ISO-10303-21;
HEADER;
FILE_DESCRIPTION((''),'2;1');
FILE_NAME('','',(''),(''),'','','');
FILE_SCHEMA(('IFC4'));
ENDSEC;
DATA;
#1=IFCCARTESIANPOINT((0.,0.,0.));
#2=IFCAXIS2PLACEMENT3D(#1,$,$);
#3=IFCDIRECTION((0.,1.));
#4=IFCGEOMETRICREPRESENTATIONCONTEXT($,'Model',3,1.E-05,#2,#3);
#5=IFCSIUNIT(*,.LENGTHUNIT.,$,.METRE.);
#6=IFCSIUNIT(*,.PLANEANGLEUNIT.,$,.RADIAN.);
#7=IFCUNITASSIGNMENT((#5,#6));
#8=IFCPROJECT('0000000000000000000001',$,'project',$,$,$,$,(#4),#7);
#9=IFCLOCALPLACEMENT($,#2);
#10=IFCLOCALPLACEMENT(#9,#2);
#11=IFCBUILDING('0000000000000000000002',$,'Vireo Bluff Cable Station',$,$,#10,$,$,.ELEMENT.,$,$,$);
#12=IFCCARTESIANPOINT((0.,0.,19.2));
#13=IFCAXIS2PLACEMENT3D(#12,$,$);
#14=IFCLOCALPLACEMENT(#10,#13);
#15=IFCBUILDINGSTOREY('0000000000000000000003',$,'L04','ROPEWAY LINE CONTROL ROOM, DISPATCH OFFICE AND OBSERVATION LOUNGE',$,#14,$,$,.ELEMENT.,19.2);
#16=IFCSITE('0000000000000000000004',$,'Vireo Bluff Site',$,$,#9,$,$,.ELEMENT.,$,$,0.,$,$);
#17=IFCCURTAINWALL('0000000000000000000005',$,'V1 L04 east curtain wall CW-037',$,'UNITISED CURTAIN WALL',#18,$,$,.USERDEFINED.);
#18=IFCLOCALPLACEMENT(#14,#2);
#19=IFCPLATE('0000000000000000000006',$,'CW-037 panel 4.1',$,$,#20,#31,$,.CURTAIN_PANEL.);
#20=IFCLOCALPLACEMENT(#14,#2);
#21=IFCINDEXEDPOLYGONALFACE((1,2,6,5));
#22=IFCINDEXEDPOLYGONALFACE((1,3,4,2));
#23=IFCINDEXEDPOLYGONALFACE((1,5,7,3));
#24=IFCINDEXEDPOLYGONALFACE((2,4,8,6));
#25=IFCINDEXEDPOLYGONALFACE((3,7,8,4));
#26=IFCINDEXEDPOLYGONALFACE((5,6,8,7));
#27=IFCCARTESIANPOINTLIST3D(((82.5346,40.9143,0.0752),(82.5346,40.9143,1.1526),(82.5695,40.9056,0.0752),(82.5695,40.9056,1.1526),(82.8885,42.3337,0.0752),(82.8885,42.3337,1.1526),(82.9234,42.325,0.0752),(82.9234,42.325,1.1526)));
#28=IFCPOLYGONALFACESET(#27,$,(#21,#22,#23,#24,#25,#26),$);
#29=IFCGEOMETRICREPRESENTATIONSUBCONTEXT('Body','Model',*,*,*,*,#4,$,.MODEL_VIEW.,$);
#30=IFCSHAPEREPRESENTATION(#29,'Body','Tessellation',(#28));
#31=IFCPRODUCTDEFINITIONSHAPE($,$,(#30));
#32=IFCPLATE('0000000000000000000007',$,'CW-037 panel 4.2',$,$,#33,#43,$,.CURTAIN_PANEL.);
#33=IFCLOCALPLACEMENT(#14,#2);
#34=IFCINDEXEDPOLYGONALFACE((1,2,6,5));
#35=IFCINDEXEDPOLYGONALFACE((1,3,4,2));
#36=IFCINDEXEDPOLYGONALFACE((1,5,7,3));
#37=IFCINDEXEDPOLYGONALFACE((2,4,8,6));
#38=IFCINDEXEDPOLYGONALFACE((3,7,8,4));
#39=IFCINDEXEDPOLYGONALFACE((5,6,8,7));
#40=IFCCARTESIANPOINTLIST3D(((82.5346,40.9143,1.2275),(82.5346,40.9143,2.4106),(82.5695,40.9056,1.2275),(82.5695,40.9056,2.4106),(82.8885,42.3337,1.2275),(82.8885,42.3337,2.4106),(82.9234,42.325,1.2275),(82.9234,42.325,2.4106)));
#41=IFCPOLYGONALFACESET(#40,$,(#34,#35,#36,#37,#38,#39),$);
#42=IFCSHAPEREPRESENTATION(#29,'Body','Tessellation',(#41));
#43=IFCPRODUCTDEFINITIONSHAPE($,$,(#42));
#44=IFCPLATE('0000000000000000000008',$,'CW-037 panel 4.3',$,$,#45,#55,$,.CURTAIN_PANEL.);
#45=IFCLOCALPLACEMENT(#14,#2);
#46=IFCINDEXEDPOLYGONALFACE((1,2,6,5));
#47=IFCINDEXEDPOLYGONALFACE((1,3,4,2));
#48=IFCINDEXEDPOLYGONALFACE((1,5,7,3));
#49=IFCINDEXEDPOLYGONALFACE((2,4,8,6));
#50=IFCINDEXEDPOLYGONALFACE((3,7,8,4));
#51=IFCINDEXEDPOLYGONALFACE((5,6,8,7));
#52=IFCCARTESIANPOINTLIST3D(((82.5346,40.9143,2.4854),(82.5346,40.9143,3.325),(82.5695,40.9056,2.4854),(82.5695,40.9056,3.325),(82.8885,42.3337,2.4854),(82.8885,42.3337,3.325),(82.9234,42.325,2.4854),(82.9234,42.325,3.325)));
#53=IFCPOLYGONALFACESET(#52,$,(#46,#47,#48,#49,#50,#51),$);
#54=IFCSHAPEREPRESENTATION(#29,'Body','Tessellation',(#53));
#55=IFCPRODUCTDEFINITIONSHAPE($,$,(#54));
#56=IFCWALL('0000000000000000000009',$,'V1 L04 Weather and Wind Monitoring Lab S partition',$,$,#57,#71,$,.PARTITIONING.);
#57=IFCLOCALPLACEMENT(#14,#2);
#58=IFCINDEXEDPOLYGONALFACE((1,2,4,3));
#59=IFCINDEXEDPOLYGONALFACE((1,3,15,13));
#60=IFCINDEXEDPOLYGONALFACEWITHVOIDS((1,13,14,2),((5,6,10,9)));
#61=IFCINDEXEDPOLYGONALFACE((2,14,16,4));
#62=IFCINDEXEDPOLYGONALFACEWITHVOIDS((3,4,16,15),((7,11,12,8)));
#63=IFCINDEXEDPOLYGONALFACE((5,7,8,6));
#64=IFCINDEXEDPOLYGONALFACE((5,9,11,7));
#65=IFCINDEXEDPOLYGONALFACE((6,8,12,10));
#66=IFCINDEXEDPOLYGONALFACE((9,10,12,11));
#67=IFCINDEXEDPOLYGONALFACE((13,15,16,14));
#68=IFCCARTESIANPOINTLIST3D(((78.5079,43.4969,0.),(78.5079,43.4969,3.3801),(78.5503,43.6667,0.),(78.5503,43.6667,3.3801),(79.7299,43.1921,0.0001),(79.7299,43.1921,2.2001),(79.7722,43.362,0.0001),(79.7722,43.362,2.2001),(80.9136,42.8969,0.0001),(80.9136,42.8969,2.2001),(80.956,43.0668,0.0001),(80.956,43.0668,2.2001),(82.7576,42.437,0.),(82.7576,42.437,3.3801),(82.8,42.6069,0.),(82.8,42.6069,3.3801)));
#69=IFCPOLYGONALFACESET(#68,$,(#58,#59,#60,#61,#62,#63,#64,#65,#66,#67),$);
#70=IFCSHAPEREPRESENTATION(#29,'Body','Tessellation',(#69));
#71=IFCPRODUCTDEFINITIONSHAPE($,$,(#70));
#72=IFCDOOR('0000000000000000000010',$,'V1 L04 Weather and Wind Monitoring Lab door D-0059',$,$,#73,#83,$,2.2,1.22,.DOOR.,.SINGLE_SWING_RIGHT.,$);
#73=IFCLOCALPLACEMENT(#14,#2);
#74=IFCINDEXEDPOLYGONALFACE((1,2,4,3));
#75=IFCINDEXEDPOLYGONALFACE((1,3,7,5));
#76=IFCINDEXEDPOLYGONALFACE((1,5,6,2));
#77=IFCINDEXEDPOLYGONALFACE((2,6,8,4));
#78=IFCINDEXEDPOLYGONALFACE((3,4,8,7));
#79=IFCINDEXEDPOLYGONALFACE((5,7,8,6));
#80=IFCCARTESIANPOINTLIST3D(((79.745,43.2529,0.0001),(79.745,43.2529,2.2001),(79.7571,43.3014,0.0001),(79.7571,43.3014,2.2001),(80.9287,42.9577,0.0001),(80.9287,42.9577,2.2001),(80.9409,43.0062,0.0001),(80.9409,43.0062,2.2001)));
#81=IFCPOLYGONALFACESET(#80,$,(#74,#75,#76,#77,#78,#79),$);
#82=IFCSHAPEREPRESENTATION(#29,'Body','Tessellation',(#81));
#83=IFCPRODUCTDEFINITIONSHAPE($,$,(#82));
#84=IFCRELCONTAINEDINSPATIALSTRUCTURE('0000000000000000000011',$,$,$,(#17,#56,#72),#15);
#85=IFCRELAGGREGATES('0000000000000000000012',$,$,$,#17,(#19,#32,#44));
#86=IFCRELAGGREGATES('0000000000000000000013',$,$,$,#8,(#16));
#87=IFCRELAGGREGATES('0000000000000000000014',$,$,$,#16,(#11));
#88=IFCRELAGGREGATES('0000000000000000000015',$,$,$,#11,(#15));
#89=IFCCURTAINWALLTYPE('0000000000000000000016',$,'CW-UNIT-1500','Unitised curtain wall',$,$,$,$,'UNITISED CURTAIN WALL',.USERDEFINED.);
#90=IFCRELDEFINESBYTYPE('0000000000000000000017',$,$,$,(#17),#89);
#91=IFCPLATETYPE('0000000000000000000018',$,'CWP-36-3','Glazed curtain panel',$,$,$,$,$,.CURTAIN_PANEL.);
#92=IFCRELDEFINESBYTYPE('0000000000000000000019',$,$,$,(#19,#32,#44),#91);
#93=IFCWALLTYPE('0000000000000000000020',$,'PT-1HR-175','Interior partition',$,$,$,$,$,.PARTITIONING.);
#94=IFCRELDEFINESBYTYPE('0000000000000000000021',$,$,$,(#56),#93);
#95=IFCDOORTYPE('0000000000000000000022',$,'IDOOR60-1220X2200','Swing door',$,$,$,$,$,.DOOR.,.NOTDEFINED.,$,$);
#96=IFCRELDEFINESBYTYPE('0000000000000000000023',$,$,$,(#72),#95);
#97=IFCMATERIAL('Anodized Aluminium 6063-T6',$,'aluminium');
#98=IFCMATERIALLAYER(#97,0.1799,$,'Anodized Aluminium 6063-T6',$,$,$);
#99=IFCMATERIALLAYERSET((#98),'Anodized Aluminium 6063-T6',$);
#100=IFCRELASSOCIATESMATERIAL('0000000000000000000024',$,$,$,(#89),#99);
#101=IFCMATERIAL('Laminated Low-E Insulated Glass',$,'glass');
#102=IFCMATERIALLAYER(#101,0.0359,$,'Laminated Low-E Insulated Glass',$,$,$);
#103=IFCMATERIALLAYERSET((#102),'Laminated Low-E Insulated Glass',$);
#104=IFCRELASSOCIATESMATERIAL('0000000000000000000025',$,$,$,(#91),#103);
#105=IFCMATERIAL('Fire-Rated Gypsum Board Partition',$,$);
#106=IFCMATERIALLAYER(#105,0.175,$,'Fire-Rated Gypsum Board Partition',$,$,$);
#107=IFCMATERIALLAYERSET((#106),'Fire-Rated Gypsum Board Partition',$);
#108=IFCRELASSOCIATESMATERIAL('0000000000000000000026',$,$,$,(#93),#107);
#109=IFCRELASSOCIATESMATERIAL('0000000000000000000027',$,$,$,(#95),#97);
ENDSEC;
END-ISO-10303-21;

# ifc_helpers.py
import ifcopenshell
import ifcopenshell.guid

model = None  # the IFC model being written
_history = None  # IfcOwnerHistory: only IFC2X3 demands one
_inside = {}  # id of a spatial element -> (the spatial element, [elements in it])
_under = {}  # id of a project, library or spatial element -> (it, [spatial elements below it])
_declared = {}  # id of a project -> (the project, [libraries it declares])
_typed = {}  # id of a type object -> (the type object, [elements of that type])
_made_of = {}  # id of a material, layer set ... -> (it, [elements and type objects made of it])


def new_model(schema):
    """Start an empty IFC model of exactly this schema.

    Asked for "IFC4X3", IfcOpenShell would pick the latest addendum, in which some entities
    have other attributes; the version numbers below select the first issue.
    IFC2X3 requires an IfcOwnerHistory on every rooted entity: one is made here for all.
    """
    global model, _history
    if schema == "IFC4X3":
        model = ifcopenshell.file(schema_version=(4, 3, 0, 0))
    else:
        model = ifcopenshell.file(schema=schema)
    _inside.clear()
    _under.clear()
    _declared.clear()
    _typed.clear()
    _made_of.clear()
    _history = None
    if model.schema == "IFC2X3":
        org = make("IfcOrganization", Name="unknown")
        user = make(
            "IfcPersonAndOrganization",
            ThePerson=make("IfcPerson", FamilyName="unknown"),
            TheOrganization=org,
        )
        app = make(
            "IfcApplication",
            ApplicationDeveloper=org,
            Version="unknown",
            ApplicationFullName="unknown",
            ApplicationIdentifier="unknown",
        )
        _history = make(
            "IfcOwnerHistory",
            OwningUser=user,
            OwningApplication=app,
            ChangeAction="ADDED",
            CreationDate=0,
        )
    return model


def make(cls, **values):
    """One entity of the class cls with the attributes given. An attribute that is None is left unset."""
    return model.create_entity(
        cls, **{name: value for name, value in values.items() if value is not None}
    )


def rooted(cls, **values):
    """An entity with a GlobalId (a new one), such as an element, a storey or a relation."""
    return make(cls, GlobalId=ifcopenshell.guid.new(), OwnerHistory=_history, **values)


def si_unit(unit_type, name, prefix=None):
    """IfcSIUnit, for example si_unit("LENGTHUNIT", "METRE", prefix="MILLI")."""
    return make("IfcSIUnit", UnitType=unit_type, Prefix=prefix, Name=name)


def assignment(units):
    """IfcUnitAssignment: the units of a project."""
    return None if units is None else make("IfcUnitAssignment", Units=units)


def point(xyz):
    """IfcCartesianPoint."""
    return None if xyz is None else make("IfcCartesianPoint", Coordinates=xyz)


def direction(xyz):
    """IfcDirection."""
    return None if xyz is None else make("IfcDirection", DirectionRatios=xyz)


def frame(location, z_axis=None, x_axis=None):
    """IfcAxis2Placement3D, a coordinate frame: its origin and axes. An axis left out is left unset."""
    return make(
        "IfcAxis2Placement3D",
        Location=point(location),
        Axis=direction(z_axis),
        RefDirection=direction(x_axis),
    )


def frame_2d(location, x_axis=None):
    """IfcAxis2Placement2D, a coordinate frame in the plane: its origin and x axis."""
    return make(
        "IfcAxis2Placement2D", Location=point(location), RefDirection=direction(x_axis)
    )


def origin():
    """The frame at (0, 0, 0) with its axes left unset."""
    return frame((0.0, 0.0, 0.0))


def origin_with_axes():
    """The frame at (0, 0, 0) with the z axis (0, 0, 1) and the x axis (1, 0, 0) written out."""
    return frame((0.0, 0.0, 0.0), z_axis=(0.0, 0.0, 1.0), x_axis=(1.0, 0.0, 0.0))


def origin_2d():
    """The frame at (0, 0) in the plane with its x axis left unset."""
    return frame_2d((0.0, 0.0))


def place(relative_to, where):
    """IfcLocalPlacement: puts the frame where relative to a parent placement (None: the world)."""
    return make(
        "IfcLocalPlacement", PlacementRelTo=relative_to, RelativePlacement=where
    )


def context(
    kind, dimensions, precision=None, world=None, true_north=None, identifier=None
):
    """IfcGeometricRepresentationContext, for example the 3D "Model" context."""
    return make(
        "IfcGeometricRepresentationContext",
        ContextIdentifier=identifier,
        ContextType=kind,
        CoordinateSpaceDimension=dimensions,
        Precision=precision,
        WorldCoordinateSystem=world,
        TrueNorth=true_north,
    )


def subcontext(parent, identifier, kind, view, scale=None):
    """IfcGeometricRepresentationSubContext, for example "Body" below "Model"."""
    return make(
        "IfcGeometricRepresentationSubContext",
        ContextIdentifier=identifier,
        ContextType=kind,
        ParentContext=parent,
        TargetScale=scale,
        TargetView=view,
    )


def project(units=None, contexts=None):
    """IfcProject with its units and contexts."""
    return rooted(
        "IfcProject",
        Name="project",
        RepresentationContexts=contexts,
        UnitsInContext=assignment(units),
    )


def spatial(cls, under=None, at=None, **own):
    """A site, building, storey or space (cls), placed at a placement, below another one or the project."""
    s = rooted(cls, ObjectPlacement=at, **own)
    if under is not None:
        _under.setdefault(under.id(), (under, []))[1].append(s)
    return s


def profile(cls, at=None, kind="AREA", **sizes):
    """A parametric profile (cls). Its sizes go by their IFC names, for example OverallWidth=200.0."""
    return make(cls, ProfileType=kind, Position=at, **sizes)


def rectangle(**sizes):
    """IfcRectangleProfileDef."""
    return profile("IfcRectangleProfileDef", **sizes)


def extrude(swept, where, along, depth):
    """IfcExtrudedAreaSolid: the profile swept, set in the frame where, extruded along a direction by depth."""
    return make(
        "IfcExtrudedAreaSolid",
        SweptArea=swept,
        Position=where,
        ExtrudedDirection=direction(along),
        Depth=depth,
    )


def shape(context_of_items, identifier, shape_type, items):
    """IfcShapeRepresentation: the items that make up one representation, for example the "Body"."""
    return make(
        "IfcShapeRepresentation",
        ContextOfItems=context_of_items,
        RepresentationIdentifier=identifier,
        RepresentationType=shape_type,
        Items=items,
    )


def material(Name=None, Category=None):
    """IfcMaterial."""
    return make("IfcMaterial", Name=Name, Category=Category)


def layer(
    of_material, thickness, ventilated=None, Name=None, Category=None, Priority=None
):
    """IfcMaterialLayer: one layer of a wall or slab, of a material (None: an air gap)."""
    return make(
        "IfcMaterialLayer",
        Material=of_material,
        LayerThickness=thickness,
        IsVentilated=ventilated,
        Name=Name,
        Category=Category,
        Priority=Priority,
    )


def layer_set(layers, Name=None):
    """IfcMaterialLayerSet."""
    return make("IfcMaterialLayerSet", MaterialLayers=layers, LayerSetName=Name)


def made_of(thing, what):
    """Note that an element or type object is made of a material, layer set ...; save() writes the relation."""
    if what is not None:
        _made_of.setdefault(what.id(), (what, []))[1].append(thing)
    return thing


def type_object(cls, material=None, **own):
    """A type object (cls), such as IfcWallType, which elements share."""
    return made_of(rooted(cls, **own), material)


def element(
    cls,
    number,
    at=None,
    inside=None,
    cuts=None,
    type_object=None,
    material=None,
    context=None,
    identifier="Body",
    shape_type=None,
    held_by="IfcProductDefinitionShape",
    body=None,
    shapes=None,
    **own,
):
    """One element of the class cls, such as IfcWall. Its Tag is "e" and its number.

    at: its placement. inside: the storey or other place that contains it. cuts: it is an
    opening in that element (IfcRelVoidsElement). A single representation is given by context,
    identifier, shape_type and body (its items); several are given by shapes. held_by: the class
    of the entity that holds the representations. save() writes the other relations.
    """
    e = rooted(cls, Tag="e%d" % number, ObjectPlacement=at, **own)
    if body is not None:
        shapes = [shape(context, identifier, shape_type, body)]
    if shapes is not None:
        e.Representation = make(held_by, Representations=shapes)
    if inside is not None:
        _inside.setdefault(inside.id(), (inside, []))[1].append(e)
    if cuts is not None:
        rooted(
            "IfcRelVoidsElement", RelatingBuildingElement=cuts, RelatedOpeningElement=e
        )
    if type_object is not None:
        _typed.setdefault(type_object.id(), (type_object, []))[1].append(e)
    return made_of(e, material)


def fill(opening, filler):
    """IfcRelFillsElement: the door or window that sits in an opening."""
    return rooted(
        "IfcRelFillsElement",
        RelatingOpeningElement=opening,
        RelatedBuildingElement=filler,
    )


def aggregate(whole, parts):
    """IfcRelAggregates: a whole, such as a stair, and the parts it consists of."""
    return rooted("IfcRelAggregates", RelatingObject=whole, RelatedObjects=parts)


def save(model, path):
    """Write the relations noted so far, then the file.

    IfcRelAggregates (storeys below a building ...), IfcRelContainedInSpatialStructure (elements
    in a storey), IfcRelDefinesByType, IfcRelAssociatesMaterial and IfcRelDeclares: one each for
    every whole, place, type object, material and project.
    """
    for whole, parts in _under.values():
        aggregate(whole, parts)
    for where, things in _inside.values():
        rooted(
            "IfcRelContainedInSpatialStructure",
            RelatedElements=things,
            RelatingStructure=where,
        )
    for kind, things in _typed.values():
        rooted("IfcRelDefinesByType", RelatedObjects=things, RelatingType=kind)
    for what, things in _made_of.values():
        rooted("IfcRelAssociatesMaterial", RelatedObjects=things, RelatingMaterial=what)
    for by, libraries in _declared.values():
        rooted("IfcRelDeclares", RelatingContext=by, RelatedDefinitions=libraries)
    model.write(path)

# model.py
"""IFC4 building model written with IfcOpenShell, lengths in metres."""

from ifc_helpers import new_model, si_unit, direction, frame, frame_2d, origin, origin_with_axes, origin_2d, place, context, subcontext, project, spatial, rectangle, extrude, material, layer, layer_set, type_object, element, fill, aggregate, save


model = new_model("IFC4")

# Units and contexts
model_context = context("Model", 3, precision=1e-05, world=origin(), true_north=direction((0.0, 1.0)))
body_context = subcontext(model_context, "Body", "Model", "MODEL_VIEW")
ifc_project = project(units=[si_unit("LENGTHUNIT", "METRE"), si_unit("PLANEANGLEUNIT", "RADIAN")], contexts=[model_context])

# Site, building, storey
site_placement = place(None, origin())
site = spatial("IfcSite", under=ifc_project, at=site_placement, Name="Vireo Bluff Site", CompositionType="ELEMENT", RefElevation=0.0)
building_placement = place(site_placement, origin())
building = spatial("IfcBuilding", under=site, at=building_placement, Name="Vireo Bluff Cable Station", CompositionType="ELEMENT")
storey_placement = place(building_placement, frame((0.0, 0.0, 19.2)))
storey = spatial("IfcBuildingStorey", under=building, at=storey_placement, Name="L04", Description="ROPEWAY LINE CONTROL ROOM, DISPATCH OFFICE AND OBSERVATION LOUNGE", CompositionType="ELEMENT", Elevation=19.2)

# Curtain wall, plates
ifc_material_1 = material(Name="Anodized Aluminium 6063-T6", Category="aluminium")
ifc_layer_1 = layer(ifc_material_1, 0.1799, Name="Anodized Aluminium 6063-T6")
ifc_layer_set_1 = layer_set([ifc_layer_1], Name="Anodized Aluminium 6063-T6")
curtain_wall_type = type_object("IfcCurtainWallType", Name="CW-UNIT-1500", Description="Unitised curtain wall", ElementType="UNITISED CURTAIN WALL", PredefinedType="USERDEFINED", material=ifc_layer_set_1)
curtain_wall_placement = place(storey_placement, origin())
curtain_wall = element("IfcCurtainWall", 1, at=curtain_wall_placement, inside=storey, type_object=curtain_wall_type, Name="V1 L04 east curtain wall CW-037", ObjectType="UNITISED CURTAIN WALL", PredefinedType="USERDEFINED")
ifc_material_2 = material(Name="Laminated Low-E Insulated Glass", Category="glass")
ifc_layer_2 = layer(ifc_material_2, 0.0359, Name="Laminated Low-E Insulated Glass")
ifc_layer_set_2 = layer_set([ifc_layer_2], Name="Laminated Low-E Insulated Glass")
plate_type = type_object("IfcPlateType", Name="CWP-36-3", Description="Glazed curtain panel", PredefinedType="CURTAIN_PANEL", material=ifc_layer_set_2)
plate_1_placement = place(storey_placement, frame((82.729, 41.6196, 0.0752), z_axis=(0.0, 0.0, 1.0), x_axis=(-0.241922, -0.970296, 0.0)))
plate_1 = element("IfcPlate", 2, at=plate_1_placement, type_object=plate_type, Name="CW-037 panel 4.1", PredefinedType="CURTAIN_PANEL", context=body_context, shape_type="SweptSolid", body=[
    extrude(rectangle(XDim=1.4629, YDim=0.0359, at=origin_2d()), origin(), (0.0, 0.0, 1.0), 1.0774),
])
plate_2_placement = place(storey_placement, frame((82.729, 41.6196, 1.2275), z_axis=(0.0, 0.0, 1.0), x_axis=(-0.241922, -0.970296, 0.0)))
plate_2 = element("IfcPlate", 3, at=plate_2_placement, type_object=plate_type, Name="CW-037 panel 4.2", PredefinedType="CURTAIN_PANEL", context=body_context, shape_type="SweptSolid", body=[
    extrude(rectangle(XDim=1.4629, YDim=0.0359, at=origin_2d()), origin(), (0.0, 0.0, 1.0), 1.1831),
])
plate_3_placement = place(storey_placement, frame((82.729, 41.6196, 2.4854), z_axis=(0.0, 0.0, 1.0), x_axis=(-0.241922, -0.970296, 0.0)))
plate_3 = element("IfcPlate", 4, at=plate_3_placement, type_object=plate_type, Name="CW-037 panel 4.3", PredefinedType="CURTAIN_PANEL", context=body_context, shape_type="SweptSolid", body=[
    extrude(rectangle(XDim=1.4629, YDim=0.0359, at=origin_2d()), origin(), (0.0, 0.0, 1.0), 0.8396),
])
aggregate(curtain_wall, [plate_1, plate_2, plate_3])

# Wall, opening, door
ifc_material_3 = material(Name="Fire-Rated Gypsum Board Partition")
ifc_layer_3 = layer(ifc_material_3, 0.175, Name="Fire-Rated Gypsum Board Partition")
ifc_layer_set_3 = layer_set([ifc_layer_3], Name="Fire-Rated Gypsum Board Partition")
wall_type = type_object("IfcWallType", Name="PT-1HR-175", Description="Interior partition", PredefinedType="PARTITIONING", material=ifc_layer_set_3)
wall_placement = place(storey_placement, frame((82.7788, 42.522, 0.0), z_axis=(0.0, 0.0, 1.0), x_axis=(-0.970283, 0.241972, 0.0)))
wall = element("IfcWall", 5, at=wall_placement, inside=storey, type_object=wall_type, Name="V1 L04 Weather and Wind Monitoring Lab S partition", PredefinedType="PARTITIONING", context=body_context, shape_type="SweptSolid", body=[
    extrude(rectangle(XDim=4.3799, YDim=0.175, at=frame_2d((2.1899, 0.0))), origin(), (0.0, 0.0, 1.0), 3.3801),
])
opening_placement = place(wall_placement, frame((1.9006, 0.0, 0.0)))
opening = element("IfcOpeningElement", 6, at=opening_placement, cuts=wall, PredefinedType="OPENING", context=body_context, shape_type="SweptSolid", body=[
    extrude(rectangle(XDim=1.22, YDim=2.2, at=frame_2d((0.6099, 1.1001))), frame((0.0, 0.0977, 0.0), z_axis=(0.0, -1.0, 0.0), x_axis=(1.0, 0.0, 0.0)), (0.0, 0.0, 1.0), 0.1951),
])
door_type = type_object("IfcDoorType", Name="IDOOR60-1220X2200", Description="Swing door", OperationType="NOTDEFINED", PredefinedType="DOOR", material=ifc_material_1)
door_placement = place(opening_placement, origin_with_axes())
door = element("IfcDoor", 7, at=door_placement, inside=storey, type_object=door_type, Name="V1 L04 Weather and Wind Monitoring Lab door D-0059", OperationType="SINGLE_SWING_RIGHT", OverallHeight=2.2, OverallWidth=1.22, PredefinedType="DOOR", context=body_context, shape_type="SweptSolid", body=[
    extrude(rectangle(XDim=1.22, YDim=2.2, at=frame_2d((0.6099, 1.1001))), frame((0.0, 0.0249, 0.0), z_axis=(0.0, -1.0, 0.0), x_axis=(1.0, 0.0, 0.0)), (0.0, 0.0, 1.0), 0.05),
])
fill(opening, door)

save(model, "model.ifc")
